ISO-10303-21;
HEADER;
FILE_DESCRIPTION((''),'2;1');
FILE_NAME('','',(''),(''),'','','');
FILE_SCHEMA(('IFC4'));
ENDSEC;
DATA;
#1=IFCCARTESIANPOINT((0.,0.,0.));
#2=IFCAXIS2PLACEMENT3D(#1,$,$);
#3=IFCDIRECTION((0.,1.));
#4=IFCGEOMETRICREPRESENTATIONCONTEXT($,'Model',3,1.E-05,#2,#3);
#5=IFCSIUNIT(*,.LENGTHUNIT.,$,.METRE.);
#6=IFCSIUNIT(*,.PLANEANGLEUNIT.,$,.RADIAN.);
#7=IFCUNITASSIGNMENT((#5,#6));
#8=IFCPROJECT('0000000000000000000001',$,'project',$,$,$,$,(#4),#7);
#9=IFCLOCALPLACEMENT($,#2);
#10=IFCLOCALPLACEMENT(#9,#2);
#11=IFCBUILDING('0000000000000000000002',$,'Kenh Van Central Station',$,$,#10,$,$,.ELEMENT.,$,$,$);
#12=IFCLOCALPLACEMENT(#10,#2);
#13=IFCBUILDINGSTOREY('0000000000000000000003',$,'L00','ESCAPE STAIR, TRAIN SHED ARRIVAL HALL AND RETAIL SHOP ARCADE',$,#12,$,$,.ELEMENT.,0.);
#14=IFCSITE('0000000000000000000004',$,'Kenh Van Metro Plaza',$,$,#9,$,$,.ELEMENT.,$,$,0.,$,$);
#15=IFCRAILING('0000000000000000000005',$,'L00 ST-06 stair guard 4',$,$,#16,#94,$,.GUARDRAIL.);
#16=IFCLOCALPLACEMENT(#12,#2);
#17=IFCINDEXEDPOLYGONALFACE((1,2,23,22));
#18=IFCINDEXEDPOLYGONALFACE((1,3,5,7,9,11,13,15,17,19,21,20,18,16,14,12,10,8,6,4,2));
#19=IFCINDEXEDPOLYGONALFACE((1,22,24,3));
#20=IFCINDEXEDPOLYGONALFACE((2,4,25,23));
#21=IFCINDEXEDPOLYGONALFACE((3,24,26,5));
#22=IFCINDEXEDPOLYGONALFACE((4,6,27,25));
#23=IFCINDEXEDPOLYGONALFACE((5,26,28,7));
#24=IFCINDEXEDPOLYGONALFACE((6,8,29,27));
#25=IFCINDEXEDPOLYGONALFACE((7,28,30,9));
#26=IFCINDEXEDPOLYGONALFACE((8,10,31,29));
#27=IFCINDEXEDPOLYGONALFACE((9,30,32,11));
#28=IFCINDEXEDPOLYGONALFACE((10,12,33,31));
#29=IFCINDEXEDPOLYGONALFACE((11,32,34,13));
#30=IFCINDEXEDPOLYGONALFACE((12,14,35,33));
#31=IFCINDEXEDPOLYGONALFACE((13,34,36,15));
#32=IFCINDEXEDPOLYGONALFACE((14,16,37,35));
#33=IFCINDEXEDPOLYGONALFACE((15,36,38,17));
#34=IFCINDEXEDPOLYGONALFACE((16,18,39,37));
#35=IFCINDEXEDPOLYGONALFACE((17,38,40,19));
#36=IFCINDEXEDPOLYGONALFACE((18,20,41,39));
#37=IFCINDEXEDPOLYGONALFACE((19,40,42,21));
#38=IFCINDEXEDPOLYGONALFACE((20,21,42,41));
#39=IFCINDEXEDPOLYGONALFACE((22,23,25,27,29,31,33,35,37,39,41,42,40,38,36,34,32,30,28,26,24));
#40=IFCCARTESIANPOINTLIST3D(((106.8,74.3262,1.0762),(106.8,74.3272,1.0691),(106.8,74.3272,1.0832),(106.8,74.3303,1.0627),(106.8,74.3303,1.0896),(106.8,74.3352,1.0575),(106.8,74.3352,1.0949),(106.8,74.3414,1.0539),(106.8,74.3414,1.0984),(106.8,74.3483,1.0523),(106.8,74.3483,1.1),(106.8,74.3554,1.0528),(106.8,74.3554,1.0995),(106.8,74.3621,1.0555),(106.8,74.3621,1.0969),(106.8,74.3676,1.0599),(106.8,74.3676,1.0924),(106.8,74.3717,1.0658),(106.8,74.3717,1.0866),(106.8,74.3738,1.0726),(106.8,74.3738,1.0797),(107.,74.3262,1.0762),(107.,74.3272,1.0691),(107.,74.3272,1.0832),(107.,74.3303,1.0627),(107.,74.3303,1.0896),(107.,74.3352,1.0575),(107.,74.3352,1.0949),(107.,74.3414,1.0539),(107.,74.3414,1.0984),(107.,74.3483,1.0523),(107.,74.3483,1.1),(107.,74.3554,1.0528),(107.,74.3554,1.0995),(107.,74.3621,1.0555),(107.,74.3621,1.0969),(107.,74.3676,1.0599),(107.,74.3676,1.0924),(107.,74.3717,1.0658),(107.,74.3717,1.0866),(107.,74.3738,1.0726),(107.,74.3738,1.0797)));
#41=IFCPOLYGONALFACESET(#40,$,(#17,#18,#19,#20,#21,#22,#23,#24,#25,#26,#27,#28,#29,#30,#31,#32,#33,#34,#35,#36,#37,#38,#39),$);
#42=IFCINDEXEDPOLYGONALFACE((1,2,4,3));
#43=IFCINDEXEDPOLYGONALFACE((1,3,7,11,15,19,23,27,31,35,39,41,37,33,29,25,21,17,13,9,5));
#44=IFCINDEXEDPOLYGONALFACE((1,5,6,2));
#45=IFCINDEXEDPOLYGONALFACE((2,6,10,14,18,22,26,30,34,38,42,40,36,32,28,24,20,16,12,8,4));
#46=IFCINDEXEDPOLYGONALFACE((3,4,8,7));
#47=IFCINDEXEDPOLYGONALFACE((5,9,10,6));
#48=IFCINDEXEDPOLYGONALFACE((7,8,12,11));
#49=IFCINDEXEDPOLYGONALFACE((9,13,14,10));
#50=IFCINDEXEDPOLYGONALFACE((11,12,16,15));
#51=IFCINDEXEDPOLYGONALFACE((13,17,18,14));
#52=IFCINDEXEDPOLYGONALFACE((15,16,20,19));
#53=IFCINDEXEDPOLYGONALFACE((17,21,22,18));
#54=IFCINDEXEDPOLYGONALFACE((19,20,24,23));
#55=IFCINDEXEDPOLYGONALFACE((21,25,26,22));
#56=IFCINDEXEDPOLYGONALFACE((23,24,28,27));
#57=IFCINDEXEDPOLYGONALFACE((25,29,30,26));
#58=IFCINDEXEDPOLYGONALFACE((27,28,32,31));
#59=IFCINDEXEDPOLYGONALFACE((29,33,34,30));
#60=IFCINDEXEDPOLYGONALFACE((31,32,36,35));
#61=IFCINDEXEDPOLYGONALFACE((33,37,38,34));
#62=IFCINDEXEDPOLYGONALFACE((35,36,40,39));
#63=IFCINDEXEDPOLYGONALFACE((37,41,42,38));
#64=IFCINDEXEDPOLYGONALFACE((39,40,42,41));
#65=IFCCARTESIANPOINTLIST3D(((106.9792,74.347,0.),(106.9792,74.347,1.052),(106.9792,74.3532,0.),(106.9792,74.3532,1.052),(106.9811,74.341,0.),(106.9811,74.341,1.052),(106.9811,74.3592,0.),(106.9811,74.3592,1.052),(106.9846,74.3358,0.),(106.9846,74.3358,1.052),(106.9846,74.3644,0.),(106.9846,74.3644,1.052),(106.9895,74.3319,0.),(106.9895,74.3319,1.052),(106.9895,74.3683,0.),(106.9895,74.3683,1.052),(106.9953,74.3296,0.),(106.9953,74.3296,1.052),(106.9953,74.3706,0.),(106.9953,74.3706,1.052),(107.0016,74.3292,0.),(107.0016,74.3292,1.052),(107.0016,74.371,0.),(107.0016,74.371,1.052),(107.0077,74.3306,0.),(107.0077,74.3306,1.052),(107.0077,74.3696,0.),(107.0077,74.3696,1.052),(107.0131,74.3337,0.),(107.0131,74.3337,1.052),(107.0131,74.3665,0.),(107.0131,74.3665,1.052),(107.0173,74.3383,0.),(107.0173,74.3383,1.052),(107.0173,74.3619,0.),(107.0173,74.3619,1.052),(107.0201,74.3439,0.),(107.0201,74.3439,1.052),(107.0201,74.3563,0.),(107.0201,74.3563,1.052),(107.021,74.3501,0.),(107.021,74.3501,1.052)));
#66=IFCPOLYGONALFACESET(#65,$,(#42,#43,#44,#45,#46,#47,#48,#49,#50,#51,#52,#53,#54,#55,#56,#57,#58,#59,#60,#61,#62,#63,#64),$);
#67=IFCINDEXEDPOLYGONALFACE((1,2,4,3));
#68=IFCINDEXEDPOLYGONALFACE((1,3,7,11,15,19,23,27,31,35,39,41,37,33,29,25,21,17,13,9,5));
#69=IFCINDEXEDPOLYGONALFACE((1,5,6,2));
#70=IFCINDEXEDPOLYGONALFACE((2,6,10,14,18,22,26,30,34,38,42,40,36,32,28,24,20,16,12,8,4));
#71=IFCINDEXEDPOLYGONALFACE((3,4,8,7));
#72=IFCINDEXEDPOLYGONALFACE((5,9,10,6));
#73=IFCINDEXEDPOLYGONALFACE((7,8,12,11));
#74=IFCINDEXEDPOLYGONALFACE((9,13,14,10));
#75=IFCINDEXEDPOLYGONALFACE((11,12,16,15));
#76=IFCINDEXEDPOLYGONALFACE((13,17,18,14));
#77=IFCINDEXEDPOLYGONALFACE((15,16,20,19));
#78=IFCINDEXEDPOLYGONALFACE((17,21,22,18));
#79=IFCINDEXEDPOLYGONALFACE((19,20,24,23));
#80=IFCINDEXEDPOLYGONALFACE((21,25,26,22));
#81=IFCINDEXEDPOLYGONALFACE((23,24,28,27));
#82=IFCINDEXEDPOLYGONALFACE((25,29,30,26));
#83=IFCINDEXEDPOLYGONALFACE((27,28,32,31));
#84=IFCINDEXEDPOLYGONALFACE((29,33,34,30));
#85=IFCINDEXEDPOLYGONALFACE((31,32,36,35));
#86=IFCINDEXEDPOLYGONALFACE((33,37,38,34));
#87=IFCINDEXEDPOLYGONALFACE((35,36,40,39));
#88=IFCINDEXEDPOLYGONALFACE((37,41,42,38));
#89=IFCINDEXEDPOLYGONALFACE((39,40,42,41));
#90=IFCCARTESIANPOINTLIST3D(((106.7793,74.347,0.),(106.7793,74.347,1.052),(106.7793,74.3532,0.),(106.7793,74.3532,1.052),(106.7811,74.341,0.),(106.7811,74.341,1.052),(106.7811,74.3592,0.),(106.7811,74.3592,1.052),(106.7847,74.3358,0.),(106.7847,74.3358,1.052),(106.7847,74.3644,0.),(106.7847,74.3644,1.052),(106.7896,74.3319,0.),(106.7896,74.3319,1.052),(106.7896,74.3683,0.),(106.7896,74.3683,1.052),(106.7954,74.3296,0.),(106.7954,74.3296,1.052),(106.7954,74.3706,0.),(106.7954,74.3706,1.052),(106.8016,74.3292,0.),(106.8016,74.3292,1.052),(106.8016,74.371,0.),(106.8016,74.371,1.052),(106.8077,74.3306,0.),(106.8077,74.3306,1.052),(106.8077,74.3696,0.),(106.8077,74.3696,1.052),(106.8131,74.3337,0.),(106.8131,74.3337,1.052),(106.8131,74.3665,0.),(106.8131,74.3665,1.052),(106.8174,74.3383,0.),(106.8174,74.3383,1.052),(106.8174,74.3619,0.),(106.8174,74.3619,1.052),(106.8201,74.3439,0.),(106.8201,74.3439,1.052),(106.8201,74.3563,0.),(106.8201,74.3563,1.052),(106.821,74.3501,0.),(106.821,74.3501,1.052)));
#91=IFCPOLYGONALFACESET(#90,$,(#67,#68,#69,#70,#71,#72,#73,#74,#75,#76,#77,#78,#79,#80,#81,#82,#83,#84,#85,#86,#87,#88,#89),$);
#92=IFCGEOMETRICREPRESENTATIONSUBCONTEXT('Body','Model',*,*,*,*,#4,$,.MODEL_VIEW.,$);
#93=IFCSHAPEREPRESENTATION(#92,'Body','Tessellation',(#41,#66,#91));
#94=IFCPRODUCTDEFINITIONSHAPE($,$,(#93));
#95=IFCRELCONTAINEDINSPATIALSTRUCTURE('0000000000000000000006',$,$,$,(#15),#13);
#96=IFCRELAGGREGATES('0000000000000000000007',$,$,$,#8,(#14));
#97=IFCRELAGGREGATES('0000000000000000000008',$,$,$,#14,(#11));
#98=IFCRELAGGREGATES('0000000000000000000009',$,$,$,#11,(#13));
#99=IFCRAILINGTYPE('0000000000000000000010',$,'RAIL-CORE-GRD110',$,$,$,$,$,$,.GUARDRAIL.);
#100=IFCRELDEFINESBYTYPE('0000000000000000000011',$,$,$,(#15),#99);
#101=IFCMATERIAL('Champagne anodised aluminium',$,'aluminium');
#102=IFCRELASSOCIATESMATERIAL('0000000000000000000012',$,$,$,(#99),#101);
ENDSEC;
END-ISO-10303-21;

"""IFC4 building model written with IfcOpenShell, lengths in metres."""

from ifc_helpers import new_model, si_unit, direction, frame, origin, origin_2d, place, context, subcontext, project, spatial, circle, extrude, material, type_object, element, save


model = new_model("IFC4")

# Units and contexts
model_context = context("Model", 3, precision=1e-05, world=origin(), true_north=direction((0.0, 1.0)))
body_context = subcontext(model_context, "Body", "Model", "MODEL_VIEW")
ifc_project = project(units=[si_unit("LENGTHUNIT", "METRE"), si_unit("PLANEANGLEUNIT", "RADIAN")], contexts=[model_context])

# Site, building, storey
site_placement = place(None, origin())
site = spatial("IfcSite", under=ifc_project, at=site_placement, Name="Kenh Van Metro Plaza", CompositionType="ELEMENT", RefElevation=0.0)
building_placement = place(site_placement, origin())
building = spatial("IfcBuilding", under=site, at=building_placement, Name="Kenh Van Central Station", CompositionType="ELEMENT")
storey_placement = place(building_placement, origin())
storey = spatial("IfcBuildingStorey", under=building, at=storey_placement, Name="L00", Description="ESCAPE STAIR, TRAIN SHED ARRIVAL HALL AND RETAIL SHOP ARCADE", CompositionType="ELEMENT", Elevation=0.0)

# Shared definitions
ifc_material_1 = material(Name="Champagne anodised aluminium", Category="aluminium")

# Railing
railing_type_1 = type_object("IfcRailingType", Name="RAIL-CORE-GRD110", PredefinedType="GUARDRAIL", material=ifc_material_1)
railing_1_placement = place(storey_placement, frame((107.0, 74.3501, 0.0)))
element("IfcRailing", 1, at=railing_1_placement, inside=storey, type_object=railing_type_1, Name="L00 ST-06 stair guard 4", PredefinedType="GUARDRAIL", context=body_context, shape_type="SweptSolid", body=[
    extrude(circle(Radius=0.0239, at=origin_2d()), frame((0.0, 0.0, 1.0762), z_axis=(-1.0, 0.0, 0.0), x_axis=(0.0, -1.0, 0.0)), (0.0, 0.0, 1.0), 0.2),
    extrude(circle(Radius=0.021, at=origin_2d()), origin(), (0.0, 0.0, 1.0), 1.052),
    extrude(circle(Radius=0.021, at=origin_2d()), frame((-0.2, 0.0, 0.0)), (0.0, 0.0, 1.0), 1.052),
])

save(model, "model.ifc")
